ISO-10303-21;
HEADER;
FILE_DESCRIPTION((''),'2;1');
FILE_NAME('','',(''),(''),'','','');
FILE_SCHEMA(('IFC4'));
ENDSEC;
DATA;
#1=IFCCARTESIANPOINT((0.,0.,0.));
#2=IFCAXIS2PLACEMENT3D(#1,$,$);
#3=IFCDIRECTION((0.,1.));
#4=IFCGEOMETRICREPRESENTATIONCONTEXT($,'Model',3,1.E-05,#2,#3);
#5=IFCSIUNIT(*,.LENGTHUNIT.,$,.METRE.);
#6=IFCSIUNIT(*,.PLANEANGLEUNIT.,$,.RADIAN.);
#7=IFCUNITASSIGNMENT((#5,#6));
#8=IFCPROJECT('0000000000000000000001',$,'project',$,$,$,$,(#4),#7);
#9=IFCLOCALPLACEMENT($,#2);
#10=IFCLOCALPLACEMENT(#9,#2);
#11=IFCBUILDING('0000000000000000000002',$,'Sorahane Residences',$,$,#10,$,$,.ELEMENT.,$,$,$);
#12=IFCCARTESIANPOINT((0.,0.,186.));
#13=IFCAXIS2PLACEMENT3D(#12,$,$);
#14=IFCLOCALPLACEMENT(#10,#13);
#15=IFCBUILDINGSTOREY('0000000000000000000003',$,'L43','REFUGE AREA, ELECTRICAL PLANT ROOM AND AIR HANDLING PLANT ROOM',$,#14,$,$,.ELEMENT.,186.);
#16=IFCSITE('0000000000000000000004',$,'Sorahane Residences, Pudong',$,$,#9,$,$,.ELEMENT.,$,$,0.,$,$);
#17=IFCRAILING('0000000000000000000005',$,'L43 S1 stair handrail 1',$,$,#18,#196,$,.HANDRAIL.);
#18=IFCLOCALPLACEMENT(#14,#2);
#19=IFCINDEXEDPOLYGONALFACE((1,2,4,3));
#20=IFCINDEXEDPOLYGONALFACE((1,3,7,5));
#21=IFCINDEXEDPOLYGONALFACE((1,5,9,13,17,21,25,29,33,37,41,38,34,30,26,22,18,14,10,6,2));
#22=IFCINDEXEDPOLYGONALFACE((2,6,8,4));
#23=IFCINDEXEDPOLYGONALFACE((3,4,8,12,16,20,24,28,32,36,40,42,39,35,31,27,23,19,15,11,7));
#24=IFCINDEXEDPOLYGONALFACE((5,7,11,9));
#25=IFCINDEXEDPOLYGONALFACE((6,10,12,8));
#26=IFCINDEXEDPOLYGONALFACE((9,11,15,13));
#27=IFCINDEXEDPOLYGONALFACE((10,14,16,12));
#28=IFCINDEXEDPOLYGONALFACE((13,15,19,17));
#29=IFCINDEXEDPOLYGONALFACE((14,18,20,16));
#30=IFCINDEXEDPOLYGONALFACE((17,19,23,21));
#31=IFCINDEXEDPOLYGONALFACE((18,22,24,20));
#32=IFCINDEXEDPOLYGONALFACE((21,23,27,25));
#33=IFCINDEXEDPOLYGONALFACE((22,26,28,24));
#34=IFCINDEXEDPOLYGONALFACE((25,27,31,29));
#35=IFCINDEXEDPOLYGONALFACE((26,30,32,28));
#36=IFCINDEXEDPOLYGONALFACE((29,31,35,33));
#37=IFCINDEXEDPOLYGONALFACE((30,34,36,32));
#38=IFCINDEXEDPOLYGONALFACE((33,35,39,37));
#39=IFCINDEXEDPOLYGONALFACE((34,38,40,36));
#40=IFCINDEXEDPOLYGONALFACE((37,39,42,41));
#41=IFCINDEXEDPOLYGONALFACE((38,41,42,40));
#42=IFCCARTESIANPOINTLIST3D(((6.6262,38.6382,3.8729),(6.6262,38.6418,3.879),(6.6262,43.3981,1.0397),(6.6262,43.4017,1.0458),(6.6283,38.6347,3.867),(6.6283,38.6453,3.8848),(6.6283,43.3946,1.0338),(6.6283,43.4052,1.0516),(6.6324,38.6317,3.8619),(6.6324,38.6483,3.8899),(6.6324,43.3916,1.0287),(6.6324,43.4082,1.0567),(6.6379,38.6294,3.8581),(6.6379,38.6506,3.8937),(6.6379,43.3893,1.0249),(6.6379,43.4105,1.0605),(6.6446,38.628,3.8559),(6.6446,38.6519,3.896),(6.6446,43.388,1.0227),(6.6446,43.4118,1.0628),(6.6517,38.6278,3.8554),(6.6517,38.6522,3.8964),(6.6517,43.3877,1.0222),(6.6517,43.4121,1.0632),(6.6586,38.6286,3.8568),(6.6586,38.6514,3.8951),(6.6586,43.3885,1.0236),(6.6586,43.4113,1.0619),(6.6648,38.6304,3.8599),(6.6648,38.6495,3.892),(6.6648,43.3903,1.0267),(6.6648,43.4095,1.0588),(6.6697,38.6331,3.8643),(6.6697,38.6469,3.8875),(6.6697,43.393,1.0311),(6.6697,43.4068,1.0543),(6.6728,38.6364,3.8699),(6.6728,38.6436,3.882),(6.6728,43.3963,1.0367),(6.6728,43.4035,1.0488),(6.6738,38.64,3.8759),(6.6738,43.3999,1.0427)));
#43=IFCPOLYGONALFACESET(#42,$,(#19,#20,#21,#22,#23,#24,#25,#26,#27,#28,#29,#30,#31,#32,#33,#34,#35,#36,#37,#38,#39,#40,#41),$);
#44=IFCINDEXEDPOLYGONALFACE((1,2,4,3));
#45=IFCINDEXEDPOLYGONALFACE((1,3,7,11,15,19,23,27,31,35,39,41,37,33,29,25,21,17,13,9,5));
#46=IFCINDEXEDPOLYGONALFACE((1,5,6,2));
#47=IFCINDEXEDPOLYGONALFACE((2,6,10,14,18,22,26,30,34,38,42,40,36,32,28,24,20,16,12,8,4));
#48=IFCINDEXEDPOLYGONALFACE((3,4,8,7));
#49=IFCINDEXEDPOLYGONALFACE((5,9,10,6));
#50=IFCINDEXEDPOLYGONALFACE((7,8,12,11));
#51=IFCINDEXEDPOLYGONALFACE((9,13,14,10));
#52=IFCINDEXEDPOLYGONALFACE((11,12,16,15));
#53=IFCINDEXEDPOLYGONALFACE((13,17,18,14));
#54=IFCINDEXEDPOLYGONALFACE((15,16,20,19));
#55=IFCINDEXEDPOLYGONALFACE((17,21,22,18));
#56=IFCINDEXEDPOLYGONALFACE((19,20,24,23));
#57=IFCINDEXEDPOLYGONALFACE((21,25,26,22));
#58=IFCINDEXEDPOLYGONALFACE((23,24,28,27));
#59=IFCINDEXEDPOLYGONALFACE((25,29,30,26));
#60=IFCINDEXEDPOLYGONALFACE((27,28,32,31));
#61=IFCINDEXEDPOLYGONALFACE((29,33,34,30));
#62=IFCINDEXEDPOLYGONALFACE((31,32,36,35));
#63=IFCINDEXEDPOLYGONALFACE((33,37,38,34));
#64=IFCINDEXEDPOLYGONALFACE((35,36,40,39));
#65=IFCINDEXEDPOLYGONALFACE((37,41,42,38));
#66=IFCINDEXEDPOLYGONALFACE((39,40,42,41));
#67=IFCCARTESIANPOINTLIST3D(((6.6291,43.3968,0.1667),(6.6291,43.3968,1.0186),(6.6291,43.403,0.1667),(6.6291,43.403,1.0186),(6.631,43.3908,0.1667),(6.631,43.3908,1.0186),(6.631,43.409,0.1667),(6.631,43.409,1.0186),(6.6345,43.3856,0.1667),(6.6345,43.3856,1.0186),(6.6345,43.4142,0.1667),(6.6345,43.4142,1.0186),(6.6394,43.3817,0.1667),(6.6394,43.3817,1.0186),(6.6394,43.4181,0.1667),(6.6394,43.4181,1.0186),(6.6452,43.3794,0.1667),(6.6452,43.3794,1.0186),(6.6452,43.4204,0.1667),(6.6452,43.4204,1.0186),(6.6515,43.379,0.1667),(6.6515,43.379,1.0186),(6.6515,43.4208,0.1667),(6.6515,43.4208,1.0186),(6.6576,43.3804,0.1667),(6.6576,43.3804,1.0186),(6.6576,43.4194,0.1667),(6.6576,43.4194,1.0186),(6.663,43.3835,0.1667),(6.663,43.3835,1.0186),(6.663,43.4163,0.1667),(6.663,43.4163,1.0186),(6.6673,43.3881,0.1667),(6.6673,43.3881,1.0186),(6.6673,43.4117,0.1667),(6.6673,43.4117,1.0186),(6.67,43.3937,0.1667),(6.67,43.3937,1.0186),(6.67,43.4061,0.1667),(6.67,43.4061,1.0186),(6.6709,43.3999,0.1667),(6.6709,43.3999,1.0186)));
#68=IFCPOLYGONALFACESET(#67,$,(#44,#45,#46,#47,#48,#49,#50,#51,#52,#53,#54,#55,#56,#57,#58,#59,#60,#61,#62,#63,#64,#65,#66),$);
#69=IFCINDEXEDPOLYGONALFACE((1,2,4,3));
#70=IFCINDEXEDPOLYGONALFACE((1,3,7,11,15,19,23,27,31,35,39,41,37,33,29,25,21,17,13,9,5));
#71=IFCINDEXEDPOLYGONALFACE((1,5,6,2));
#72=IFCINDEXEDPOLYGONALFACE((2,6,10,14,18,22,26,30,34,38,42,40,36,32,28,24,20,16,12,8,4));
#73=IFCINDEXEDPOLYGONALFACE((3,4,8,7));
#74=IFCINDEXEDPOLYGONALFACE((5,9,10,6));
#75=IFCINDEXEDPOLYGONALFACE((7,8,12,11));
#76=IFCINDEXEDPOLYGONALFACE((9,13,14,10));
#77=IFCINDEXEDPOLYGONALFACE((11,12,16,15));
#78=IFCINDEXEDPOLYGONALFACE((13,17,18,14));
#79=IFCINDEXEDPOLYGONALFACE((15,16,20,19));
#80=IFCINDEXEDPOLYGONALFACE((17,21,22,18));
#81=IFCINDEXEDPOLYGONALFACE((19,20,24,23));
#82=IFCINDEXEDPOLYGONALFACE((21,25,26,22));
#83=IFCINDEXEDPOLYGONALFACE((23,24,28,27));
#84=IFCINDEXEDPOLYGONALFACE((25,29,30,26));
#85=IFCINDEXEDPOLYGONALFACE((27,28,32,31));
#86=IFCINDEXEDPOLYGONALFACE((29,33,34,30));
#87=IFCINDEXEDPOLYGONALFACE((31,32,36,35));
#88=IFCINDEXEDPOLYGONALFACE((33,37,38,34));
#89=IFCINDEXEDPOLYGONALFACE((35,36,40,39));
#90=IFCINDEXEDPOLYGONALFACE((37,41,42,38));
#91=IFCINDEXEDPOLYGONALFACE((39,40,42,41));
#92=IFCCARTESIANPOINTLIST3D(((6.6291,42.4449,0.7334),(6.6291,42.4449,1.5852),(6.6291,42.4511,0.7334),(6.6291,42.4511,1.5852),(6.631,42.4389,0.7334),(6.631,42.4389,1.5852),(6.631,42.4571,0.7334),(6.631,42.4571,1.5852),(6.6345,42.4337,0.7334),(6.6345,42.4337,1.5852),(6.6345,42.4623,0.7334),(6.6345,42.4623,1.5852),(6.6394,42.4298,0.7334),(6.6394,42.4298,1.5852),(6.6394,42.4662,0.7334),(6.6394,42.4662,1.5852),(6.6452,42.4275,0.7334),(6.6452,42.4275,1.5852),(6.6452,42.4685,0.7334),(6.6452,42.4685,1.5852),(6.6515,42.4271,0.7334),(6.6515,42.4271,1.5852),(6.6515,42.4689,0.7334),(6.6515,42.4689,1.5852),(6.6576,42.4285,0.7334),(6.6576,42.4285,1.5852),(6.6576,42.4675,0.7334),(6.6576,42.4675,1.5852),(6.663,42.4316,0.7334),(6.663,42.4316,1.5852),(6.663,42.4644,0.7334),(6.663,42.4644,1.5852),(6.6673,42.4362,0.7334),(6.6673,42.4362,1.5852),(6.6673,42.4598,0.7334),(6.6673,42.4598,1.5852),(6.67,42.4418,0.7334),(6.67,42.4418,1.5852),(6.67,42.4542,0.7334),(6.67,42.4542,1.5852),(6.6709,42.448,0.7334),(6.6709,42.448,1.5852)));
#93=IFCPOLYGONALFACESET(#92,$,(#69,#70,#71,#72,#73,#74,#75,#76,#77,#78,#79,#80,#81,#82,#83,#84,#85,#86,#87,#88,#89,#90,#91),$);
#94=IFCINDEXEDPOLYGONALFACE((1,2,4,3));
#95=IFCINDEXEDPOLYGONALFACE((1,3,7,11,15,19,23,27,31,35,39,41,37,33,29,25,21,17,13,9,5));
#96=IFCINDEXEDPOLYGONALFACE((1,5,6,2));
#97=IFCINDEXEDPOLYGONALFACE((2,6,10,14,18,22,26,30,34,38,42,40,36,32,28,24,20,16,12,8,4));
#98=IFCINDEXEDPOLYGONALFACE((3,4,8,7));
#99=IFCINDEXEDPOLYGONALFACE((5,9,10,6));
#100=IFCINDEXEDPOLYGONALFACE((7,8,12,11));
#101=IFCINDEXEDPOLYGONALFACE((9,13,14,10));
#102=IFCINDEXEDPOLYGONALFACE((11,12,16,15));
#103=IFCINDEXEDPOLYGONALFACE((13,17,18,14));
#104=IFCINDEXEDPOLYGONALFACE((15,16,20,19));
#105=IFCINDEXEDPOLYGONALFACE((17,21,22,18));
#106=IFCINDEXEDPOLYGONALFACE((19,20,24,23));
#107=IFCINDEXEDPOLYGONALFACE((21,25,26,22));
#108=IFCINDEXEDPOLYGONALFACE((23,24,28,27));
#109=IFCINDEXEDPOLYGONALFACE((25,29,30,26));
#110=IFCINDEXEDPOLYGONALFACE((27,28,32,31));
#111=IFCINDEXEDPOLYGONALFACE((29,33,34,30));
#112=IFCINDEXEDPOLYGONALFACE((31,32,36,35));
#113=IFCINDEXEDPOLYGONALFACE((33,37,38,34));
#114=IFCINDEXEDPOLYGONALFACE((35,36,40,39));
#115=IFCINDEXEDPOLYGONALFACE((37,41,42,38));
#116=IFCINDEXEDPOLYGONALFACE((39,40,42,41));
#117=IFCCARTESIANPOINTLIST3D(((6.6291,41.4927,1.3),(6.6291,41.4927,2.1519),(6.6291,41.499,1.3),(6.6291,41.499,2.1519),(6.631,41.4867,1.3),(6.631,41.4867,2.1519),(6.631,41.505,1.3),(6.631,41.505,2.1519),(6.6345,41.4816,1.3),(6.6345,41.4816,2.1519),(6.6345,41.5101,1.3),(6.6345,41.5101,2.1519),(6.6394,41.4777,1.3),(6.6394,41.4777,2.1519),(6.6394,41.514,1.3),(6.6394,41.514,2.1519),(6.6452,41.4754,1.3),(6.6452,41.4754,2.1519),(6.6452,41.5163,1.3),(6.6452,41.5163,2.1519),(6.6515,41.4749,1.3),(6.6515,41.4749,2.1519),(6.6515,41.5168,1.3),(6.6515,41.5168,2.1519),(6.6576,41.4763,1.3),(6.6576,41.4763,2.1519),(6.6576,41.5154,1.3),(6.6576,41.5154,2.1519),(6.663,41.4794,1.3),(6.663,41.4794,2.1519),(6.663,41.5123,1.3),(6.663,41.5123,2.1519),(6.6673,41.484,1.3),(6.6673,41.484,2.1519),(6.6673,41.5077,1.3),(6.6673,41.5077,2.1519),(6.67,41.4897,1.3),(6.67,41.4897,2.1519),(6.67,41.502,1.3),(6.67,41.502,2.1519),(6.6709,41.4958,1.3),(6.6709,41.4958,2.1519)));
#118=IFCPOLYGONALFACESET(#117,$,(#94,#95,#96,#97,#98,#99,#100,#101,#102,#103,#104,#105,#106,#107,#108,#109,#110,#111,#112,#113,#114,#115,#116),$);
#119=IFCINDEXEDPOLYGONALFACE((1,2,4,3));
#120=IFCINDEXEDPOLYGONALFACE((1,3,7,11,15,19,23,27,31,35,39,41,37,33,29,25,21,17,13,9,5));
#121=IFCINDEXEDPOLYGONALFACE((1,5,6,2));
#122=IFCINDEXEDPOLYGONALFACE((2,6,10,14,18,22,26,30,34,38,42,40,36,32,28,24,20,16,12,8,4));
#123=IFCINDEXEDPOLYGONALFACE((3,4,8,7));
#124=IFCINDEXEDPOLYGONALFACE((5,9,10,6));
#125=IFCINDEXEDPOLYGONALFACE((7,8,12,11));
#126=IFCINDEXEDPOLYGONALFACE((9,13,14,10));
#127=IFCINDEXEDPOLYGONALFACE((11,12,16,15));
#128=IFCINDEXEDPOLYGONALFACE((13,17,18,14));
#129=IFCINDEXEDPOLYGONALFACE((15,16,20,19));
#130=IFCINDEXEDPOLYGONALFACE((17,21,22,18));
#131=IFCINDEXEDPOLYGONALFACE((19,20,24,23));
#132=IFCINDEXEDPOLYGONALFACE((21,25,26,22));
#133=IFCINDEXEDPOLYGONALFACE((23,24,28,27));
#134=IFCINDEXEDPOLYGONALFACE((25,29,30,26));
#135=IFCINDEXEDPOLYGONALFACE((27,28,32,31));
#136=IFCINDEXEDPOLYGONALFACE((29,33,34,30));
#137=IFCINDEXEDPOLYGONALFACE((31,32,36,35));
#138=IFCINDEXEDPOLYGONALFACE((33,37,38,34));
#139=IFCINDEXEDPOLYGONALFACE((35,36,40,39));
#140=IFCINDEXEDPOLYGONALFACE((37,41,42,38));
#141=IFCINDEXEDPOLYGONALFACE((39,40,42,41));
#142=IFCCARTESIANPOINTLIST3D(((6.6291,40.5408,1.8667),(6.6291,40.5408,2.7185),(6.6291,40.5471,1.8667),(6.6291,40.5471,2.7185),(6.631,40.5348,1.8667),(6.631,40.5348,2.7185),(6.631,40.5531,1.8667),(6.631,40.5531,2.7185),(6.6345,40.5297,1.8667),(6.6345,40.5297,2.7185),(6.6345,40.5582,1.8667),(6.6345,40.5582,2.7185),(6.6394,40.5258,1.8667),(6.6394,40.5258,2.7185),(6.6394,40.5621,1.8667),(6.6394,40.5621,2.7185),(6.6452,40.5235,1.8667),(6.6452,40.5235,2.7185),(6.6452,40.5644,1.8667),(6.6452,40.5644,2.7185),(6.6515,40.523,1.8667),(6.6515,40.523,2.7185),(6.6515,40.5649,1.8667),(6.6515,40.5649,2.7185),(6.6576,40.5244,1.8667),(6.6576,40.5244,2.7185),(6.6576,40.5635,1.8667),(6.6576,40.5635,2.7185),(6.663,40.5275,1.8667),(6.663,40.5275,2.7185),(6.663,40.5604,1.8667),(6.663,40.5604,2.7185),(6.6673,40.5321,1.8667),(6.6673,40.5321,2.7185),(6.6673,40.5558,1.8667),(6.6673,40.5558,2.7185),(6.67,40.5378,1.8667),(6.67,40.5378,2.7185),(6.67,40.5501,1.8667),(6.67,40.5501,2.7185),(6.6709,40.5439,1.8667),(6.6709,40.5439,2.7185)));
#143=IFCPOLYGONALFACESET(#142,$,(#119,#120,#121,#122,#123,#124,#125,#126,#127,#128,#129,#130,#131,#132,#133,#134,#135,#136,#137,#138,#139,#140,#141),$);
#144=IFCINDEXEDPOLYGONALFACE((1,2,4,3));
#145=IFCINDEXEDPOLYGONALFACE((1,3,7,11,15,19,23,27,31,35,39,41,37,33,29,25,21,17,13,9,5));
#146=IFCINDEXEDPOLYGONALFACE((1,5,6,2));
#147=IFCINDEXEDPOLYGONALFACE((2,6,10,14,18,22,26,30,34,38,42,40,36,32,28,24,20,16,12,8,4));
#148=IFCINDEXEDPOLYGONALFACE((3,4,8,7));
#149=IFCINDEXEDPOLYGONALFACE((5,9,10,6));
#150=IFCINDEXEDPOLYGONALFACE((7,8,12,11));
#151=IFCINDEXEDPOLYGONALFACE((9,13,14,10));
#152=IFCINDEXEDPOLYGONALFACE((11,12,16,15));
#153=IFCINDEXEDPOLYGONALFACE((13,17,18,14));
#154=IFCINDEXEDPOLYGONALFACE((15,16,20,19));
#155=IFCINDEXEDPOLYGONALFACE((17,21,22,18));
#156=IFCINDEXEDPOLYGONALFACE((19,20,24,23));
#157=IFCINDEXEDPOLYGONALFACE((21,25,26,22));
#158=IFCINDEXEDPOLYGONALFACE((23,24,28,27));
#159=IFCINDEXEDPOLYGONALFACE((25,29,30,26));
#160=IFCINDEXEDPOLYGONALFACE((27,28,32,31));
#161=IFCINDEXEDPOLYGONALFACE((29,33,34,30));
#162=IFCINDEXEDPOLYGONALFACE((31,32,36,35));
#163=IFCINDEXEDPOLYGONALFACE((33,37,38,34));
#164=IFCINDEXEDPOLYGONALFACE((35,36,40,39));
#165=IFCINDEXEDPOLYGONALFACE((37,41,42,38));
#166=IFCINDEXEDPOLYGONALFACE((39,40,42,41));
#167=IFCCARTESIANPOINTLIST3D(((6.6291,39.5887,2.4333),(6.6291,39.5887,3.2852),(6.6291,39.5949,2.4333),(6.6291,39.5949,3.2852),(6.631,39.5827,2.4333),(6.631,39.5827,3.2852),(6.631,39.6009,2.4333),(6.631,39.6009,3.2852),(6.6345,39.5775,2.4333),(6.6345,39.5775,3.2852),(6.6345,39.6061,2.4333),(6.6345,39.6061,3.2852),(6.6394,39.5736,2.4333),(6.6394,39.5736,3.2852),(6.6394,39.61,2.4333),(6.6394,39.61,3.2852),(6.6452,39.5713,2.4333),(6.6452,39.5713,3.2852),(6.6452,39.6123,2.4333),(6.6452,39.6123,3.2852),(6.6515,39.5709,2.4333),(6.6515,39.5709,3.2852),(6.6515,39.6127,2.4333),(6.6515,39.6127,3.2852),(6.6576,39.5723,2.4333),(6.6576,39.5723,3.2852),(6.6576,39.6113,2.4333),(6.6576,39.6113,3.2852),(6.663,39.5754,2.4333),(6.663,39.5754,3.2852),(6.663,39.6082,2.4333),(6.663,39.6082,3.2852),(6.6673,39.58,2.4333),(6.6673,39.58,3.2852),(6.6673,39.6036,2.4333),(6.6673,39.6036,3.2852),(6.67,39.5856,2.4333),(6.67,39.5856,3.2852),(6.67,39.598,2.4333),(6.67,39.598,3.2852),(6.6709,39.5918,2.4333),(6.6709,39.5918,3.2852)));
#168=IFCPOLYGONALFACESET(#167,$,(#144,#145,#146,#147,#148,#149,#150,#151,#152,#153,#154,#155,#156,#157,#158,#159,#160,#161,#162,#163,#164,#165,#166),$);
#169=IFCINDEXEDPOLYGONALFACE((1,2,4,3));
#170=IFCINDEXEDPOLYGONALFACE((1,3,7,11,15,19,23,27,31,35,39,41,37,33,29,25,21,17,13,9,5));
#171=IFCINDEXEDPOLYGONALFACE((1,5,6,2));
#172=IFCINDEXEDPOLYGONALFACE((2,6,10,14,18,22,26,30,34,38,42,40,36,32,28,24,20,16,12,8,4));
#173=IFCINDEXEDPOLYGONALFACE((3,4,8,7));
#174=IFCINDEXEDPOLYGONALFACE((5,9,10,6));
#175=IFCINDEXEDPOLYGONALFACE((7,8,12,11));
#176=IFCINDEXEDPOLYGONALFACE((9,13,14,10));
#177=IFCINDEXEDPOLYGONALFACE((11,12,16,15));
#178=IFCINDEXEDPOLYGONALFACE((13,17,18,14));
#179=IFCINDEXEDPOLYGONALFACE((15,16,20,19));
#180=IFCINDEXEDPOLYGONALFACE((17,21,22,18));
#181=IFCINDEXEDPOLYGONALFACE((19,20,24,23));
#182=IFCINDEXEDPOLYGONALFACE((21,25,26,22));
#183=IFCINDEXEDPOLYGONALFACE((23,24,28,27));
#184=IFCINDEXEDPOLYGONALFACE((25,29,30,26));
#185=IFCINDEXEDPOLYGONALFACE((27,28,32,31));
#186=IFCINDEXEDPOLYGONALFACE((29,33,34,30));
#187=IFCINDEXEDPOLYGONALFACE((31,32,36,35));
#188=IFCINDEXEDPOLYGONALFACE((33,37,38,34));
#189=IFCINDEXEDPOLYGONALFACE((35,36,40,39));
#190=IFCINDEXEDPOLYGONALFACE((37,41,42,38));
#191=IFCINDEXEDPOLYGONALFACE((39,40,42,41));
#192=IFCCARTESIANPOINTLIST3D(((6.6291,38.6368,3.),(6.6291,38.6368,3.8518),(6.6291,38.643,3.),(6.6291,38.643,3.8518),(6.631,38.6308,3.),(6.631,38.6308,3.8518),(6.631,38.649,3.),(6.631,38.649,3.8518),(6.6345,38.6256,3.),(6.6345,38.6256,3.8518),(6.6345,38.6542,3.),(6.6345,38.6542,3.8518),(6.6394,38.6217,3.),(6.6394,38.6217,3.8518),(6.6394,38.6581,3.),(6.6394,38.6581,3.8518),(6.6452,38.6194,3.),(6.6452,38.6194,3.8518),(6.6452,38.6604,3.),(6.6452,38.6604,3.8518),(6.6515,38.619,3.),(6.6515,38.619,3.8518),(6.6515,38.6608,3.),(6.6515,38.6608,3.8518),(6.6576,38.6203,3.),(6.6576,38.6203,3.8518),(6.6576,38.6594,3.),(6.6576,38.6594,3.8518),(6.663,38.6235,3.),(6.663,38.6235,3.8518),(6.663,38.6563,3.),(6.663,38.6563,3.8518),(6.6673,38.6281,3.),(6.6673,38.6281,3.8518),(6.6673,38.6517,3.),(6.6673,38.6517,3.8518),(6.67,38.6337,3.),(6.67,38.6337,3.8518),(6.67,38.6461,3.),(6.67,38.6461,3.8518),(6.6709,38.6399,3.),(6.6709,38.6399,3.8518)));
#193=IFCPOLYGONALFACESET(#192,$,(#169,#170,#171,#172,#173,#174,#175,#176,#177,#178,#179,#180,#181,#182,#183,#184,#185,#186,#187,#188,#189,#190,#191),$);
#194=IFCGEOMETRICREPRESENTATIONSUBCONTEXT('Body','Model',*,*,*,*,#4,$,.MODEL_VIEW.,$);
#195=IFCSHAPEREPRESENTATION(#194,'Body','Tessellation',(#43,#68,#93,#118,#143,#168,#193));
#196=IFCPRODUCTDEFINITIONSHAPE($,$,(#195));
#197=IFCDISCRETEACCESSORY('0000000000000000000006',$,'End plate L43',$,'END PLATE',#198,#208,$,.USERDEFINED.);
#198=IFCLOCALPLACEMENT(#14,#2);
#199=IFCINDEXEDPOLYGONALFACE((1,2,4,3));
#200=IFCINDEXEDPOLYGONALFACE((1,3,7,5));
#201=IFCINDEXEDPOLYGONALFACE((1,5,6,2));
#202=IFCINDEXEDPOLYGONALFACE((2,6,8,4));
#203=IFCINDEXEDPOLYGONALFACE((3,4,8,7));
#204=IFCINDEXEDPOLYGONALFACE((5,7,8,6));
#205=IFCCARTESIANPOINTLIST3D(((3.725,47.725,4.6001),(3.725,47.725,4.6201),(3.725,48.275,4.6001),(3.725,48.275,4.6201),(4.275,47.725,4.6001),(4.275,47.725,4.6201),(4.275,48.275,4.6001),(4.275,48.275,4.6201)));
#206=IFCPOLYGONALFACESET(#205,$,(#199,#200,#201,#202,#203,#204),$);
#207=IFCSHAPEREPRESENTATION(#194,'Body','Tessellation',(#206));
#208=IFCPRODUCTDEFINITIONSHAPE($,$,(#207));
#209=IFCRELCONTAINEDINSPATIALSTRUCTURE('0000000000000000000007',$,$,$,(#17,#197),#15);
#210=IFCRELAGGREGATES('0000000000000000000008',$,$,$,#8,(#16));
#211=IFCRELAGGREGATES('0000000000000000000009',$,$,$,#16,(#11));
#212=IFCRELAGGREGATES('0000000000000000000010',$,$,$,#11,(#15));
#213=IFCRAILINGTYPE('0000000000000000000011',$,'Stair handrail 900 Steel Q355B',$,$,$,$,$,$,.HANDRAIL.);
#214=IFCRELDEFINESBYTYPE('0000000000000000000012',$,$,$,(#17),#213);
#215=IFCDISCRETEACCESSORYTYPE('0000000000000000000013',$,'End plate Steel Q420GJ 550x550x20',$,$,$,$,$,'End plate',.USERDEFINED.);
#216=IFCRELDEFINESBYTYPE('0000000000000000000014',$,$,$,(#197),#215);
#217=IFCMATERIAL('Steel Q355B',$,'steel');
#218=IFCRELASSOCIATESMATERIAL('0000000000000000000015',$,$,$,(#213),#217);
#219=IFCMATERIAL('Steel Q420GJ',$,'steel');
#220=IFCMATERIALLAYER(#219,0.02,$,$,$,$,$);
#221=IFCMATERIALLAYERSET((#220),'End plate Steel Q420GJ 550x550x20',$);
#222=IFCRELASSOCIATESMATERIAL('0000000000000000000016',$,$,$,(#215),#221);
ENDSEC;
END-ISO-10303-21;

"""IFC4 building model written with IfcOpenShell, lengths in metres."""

from ifc_helpers import new_model, si_unit, direction, frame, origin, origin_2d, place, context, subcontext, project, spatial, rectangle, circle, extrude, material, layer, layer_set, type_object, element, save


model = new_model("IFC4")

# Units and contexts
model_context = context("Model", 3, precision=1e-05, world=origin(), true_north=direction((0.0, 1.0)))
body_context = subcontext(model_context, "Body", "Model", "MODEL_VIEW")
ifc_project = project(units=[si_unit("LENGTHUNIT", "METRE"), si_unit("PLANEANGLEUNIT", "RADIAN")], contexts=[model_context])

# Site, building, storey
site_placement = place(None, origin())
site = spatial("IfcSite", under=ifc_project, at=site_placement, Name="Sorahane Residences, Pudong", CompositionType="ELEMENT", RefElevation=0.0)
building_placement = place(site_placement, origin())
building = spatial("IfcBuilding", under=site, at=building_placement, Name="Sorahane Residences", CompositionType="ELEMENT")
storey_placement = place(building_placement, frame((0.0, 0.0, 186.0)))
storey = spatial("IfcBuildingStorey", under=building, at=storey_placement, Name="L43", Description="REFUGE AREA, ELECTRICAL PLANT ROOM AND AIR HANDLING PLANT ROOM", CompositionType="ELEMENT", Elevation=186.0)

# Railing
ifc_material_1 = material(Name="Steel Q355B", Category="steel")
railing_type_1 = type_object("IfcRailingType", Name="Stair handrail 900 Steel Q355B", PredefinedType="HANDRAIL", material=ifc_material_1)
railing_1_placement = place(storey_placement, frame((6.6499, 43.3999, 0.1667)))
element("IfcRailing", 1, at=railing_1_placement, inside=storey, type_object=railing_type_1, Name="L43 S1 stair handrail 1", PredefinedType="HANDRAIL", context=body_context, shape_type="SweptSolid", body=[
    extrude(circle(Radius=0.0239, at=origin_2d()), frame((0.0, 0.0, 0.876), z_axis=(0.0, -0.8593, 0.511472), x_axis=(1.0, 0.0, 0.0)), (0.0, 0.0, 1.0), 5.5393),
    extrude(circle(Radius=0.021, at=origin_2d()), origin(), (0.0, 0.0, 1.0), 0.8518),
    extrude(circle(Radius=0.021, at=origin_2d()), frame((0.0, -0.9519, 0.5667)), (0.0, 0.0, 1.0), 0.8518),
    extrude(circle(Radius=0.021, at=origin_2d()), frame((0.0, -1.9041, 1.1333)), (0.0, 0.0, 1.0), 0.8518),
    extrude(circle(Radius=0.021, at=origin_2d()), frame((0.0, -2.856, 1.7)), (0.0, 0.0, 1.0), 0.8518),
    extrude(circle(Radius=0.021, at=origin_2d()), frame((0.0, -3.8081, 2.2666)), (0.0, 0.0, 1.0), 0.8518),
    extrude(circle(Radius=0.021, at=origin_2d()), frame((0.0, -4.76, 2.8333)), (0.0, 0.0, 1.0), 0.8518),
])

# Discrete accessory
ifc_material_2 = material(Name="Steel Q420GJ", Category="steel")
ifc_layer_1 = layer(ifc_material_2, 0.02)
ifc_layer_set_1 = layer_set([ifc_layer_1], Name="End plate Steel Q420GJ 550x550x20")
discrete_accessory_type_1 = type_object("IfcDiscreteAccessoryType", Name="End plate Steel Q420GJ 550x550x20", ElementType="End plate", PredefinedType="USERDEFINED", material=ifc_layer_set_1)
for number, where, z_axis, x_axis, name in (
    (2, (4.0, 48.0, 4.6001), (0.0, 0.0, 1.0), (1.0, 0.0, 0.0), "End plate L43"),
):
    element("IfcDiscreteAccessory", number, at=place(storey_placement, frame(where, z_axis=z_axis, x_axis=x_axis)), inside=storey, type_object=discrete_accessory_type_1, Name=name, ObjectType="END PLATE", PredefinedType="USERDEFINED", context=body_context, shape_type="SweptSolid", body=[
        extrude(rectangle(XDim=0.55, YDim=0.55, at=origin_2d()), origin(), (0.0, 0.0, 1.0), 0.02),
    ])

save(model, "model.ifc")
